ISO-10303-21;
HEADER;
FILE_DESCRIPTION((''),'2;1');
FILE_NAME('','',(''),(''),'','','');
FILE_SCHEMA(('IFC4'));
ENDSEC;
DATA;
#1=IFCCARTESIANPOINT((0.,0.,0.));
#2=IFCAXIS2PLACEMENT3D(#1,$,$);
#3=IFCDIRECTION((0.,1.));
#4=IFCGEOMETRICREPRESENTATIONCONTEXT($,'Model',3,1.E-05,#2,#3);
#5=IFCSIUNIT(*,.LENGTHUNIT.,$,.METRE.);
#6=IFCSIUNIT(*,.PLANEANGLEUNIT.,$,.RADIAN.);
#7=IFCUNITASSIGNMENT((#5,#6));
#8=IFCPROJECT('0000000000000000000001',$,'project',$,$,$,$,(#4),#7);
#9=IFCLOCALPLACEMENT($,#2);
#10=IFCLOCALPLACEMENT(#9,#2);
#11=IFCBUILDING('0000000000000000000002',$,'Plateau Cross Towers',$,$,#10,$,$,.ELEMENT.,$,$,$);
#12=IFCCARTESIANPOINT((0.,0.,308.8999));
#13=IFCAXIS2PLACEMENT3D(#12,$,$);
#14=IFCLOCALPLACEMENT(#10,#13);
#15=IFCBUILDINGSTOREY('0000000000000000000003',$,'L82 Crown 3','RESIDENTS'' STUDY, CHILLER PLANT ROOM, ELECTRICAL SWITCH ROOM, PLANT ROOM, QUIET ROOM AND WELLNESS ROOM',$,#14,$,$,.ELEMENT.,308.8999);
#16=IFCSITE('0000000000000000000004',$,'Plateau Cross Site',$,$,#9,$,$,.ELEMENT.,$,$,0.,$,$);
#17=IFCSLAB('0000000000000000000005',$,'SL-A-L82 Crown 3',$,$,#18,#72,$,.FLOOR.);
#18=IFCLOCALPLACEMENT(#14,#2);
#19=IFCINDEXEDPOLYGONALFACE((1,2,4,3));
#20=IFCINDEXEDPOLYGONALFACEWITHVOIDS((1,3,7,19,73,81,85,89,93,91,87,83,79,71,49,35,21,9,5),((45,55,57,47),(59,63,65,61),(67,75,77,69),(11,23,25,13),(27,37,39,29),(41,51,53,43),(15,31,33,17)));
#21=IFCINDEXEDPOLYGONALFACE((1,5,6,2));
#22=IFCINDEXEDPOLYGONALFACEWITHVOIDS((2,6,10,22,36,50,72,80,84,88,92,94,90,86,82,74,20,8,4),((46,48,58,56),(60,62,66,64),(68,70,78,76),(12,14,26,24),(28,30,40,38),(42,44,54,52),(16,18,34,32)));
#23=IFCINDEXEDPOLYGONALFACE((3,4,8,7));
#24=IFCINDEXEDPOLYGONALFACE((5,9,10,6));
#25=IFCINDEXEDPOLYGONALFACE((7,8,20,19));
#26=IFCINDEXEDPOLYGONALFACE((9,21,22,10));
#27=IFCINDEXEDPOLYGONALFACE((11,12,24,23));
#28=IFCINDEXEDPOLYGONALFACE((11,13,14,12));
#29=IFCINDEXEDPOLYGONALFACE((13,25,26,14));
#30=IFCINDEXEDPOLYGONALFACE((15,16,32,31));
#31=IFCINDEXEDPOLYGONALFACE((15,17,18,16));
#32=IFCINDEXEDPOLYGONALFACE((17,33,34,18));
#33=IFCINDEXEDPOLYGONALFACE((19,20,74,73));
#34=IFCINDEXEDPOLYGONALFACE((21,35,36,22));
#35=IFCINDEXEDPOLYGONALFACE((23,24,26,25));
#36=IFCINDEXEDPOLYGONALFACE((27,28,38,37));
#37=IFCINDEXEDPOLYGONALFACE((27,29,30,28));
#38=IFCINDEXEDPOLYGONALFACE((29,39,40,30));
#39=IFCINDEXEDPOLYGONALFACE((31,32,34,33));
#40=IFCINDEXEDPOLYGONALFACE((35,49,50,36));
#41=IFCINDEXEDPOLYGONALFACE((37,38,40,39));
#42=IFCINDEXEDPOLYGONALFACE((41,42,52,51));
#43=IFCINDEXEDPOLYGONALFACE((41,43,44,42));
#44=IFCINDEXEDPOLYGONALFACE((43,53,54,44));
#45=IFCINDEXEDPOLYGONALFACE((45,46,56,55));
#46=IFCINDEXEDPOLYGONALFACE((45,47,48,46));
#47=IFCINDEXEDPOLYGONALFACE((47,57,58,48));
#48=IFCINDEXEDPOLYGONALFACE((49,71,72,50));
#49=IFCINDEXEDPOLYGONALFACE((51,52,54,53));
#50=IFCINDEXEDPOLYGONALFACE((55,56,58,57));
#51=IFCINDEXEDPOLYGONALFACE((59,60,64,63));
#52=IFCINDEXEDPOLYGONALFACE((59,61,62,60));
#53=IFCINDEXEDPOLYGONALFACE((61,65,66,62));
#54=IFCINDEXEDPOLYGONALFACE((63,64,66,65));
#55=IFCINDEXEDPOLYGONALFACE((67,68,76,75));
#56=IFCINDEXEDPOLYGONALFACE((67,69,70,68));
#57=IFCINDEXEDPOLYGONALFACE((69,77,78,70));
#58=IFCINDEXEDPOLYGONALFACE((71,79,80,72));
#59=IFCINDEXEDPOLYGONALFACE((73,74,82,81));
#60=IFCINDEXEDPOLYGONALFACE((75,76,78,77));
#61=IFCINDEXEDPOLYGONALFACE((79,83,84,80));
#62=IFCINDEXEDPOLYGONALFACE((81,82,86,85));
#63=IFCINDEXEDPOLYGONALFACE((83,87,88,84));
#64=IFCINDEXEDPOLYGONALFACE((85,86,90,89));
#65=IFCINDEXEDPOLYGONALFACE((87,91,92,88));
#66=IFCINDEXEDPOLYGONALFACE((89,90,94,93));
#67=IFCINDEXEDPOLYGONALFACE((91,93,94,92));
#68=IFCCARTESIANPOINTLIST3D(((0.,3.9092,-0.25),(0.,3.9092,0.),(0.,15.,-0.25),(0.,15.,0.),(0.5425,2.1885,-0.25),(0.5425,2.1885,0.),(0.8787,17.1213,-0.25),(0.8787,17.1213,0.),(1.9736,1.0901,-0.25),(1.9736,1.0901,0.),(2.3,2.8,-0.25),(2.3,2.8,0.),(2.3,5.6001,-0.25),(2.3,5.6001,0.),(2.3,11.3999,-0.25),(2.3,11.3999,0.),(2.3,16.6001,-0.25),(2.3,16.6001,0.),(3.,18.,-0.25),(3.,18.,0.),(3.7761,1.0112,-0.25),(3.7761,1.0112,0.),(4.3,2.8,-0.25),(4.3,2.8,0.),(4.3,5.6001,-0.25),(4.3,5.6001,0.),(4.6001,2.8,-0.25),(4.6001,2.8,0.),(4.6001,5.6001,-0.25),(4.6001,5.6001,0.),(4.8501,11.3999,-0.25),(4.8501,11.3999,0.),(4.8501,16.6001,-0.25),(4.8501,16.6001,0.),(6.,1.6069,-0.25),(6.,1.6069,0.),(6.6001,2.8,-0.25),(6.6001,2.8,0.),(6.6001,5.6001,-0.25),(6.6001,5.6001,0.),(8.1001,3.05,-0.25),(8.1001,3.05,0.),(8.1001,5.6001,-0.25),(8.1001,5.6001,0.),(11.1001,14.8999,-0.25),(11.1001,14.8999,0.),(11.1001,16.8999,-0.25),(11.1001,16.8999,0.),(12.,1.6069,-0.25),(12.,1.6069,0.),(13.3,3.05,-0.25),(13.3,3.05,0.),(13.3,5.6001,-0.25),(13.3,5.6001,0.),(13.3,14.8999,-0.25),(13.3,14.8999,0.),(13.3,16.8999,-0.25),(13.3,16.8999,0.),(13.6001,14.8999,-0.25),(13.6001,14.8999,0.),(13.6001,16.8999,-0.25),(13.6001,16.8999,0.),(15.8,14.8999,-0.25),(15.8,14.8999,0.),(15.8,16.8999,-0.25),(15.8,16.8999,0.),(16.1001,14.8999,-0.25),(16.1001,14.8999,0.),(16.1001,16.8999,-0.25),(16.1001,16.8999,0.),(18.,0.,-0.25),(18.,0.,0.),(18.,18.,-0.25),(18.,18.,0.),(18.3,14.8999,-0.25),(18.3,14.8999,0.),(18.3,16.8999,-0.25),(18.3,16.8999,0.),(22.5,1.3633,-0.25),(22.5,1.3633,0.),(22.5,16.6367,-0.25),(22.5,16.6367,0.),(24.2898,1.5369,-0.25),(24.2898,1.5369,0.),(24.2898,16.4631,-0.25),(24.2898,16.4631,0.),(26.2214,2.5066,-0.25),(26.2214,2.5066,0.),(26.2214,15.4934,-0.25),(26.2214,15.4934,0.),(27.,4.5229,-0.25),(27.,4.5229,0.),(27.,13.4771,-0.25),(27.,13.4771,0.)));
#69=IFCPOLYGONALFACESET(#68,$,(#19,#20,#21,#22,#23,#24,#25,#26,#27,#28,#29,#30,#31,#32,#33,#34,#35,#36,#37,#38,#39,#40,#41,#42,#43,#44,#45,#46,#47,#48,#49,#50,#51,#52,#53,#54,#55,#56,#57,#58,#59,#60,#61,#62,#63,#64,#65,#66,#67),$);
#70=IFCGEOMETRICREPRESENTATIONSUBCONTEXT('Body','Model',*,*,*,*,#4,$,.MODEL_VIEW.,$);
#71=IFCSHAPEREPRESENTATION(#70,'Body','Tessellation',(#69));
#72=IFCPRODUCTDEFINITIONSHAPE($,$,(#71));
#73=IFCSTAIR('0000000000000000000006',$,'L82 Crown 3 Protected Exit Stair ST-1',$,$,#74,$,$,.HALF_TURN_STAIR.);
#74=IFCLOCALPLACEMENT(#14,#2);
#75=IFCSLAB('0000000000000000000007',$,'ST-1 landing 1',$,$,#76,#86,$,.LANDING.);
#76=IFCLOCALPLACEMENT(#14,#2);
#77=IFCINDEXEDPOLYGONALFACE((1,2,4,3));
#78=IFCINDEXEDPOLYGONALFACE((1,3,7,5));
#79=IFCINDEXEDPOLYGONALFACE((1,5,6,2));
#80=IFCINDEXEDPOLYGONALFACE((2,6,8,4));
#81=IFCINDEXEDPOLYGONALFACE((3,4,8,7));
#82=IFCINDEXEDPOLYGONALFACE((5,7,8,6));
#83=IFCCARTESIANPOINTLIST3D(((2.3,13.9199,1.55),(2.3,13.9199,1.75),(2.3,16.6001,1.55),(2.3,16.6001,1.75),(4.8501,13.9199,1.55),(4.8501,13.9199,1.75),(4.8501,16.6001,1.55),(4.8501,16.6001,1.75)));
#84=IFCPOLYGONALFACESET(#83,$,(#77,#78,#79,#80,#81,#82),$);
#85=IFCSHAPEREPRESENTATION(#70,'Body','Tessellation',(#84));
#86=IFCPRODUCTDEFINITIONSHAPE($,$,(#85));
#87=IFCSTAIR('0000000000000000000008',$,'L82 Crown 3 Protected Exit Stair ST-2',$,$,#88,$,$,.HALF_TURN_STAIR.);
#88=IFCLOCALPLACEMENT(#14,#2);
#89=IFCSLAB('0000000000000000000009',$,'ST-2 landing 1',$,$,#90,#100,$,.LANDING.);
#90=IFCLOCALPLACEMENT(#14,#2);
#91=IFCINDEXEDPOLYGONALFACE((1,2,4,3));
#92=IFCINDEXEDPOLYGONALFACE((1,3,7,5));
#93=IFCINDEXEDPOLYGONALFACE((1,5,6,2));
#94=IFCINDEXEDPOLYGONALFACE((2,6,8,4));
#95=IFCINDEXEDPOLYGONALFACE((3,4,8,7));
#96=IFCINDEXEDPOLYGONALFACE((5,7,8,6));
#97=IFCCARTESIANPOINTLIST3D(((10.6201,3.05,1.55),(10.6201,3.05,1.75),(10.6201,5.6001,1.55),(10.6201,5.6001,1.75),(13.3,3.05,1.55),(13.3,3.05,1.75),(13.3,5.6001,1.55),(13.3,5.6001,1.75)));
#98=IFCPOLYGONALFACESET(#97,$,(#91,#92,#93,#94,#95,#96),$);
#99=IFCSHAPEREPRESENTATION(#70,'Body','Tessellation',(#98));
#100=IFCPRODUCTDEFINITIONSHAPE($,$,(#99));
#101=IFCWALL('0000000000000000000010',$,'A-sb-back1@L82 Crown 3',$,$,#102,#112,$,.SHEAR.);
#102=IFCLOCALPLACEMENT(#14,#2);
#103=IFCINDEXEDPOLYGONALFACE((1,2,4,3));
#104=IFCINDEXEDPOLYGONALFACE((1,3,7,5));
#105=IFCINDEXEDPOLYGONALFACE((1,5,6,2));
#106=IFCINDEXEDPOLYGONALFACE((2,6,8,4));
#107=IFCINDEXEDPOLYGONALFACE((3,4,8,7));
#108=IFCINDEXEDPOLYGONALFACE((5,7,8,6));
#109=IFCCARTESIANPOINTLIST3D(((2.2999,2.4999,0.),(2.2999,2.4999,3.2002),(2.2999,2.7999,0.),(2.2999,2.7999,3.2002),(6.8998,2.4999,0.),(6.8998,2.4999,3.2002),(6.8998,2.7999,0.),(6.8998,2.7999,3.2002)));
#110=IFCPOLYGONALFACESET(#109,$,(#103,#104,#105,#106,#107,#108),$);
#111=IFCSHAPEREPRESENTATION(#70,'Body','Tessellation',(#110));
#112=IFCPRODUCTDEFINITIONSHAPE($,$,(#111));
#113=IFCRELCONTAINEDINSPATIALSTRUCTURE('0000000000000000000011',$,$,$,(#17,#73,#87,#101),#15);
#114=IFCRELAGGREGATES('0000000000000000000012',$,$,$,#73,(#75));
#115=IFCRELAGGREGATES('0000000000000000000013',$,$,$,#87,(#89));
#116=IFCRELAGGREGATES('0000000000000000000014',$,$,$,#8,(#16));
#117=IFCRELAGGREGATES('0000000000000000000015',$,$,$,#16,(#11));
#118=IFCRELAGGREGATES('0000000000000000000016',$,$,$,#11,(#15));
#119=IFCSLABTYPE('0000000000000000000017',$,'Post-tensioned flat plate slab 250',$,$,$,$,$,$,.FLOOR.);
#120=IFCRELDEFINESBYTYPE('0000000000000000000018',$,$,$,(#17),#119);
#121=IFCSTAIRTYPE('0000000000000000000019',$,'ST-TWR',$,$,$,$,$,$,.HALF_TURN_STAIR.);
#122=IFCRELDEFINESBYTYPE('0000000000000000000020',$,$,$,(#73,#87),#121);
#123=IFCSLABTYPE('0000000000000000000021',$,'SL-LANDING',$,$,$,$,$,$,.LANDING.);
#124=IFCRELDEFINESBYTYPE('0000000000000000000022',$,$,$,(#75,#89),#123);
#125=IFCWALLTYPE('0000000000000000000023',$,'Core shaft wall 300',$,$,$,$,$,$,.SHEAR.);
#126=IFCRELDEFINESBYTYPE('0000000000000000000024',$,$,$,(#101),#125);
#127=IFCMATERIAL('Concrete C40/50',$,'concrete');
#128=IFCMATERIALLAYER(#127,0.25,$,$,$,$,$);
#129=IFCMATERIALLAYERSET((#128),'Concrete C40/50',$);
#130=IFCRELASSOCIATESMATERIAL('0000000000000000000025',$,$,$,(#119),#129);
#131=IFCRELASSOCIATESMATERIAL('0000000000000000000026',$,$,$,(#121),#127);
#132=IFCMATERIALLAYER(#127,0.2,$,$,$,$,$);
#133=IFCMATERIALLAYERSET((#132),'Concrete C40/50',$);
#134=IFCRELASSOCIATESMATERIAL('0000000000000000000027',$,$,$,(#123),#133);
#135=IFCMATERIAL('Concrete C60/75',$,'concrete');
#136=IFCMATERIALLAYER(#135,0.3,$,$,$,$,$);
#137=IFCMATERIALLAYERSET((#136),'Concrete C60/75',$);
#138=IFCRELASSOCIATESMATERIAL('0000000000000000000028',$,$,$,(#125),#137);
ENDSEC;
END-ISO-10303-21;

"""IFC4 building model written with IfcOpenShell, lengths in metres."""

from ifc_helpers import new_model, si_unit, direction, frame, frame_2d, origin, place, context, subcontext, project, spatial, polyline, rectangle, outline, extrude, material, layer, layer_set, type_object, element, aggregate, save


model = new_model("IFC4")

# Units and contexts
model_context = context("Model", 3, precision=1e-05, world=origin(), true_north=direction((0.0, 1.0)))
body_context = subcontext(model_context, "Body", "Model", "MODEL_VIEW")
ifc_project = project(units=[si_unit("LENGTHUNIT", "METRE"), si_unit("PLANEANGLEUNIT", "RADIAN")], contexts=[model_context])

# Site, building, storey
site_placement = place(None, origin())
site = spatial("IfcSite", under=ifc_project, at=site_placement, Name="Plateau Cross Site", CompositionType="ELEMENT", RefElevation=0.0)
building_placement = place(site_placement, origin())
building = spatial("IfcBuilding", under=site, at=building_placement, Name="Plateau Cross Towers", CompositionType="ELEMENT")
storey_placement = place(building_placement, frame((0.0, 0.0, 308.8999)))
storey = spatial("IfcBuildingStorey", under=building, at=storey_placement, Name="L82 Crown 3", Description="RESIDENTS' STUDY, CHILLER PLANT ROOM, ELECTRICAL SWITCH ROOM, PLANT ROOM, QUIET ROOM AND WELLNESS ROOM", CompositionType="ELEMENT", Elevation=308.8999)

# Shared definitions
ifc_material_1 = material(Name="Concrete C60/75", Category="concrete")

# Slab
ifc_material_2 = material(Name="Concrete C40/50", Category="concrete")
ifc_layer_1 = layer(ifc_material_2, 0.25)
ifc_layer_set_1 = layer_set([ifc_layer_1], Name="Concrete C40/50")
slab_type_1 = type_object("IfcSlabType", Name="Post-tensioned flat plate slab 250", PredefinedType="FLOOR", material=ifc_layer_set_1)
slab_1_placement = place(storey_placement, frame((0.0, 0.0, -0.25)))
element("IfcSlab", 1, at=slab_1_placement, inside=storey, type_object=slab_type_1, Name="SL-A-L82 Crown 3", PredefinedType="FLOOR", context=body_context, shape_type="SweptSolid", body=[
    extrude(outline(polyline([(1.9736, 1.0901), (0.5425, 2.1885), (0.0, 3.9092), (0.0, 15.0), (0.8787, 17.1213), (3.0, 18.0), (18.0, 18.0), (22.5, 16.6367), (24.2898, 16.4631), (26.2214, 15.4934), (27.0, 13.4771), (27.0, 4.5229), (26.2214, 2.5066), (24.2898, 1.5369), (22.5, 1.3633), (18.0, 0.0), (12.0, 1.6069), (6.0, 1.6069), (3.7761, 1.0112), (1.9736, 1.0901)]), holes=[polyline([(2.3, 5.6001), (2.3, 2.8), (4.3, 2.8), (4.3, 5.6001), (2.3, 5.6001)]), polyline([(6.6001, 5.6001), (4.6001, 5.6001), (4.6001, 2.8), (6.6001, 2.8), (6.6001, 5.6001)]), polyline([(13.3, 5.6001), (8.1001, 5.6001), (8.1001, 3.05), (13.3, 3.05), (13.3, 5.6001)]), polyline([(2.3, 16.6001), (2.3, 11.3999), (4.8501, 11.3999), (4.8501, 16.6001), (2.3, 16.6001)]), polyline([(13.3, 16.8999), (11.1001, 16.8999), (11.1001, 14.8999), (13.3, 14.8999), (13.3, 16.8999)]), polyline([(15.8, 16.8999), (13.6001, 16.8999), (13.6001, 14.8999), (15.8, 14.8999), (15.8, 16.8999)]), polyline([(18.3, 16.8999), (16.1001, 16.8999), (16.1001, 14.8999), (18.3, 14.8999), (18.3, 16.8999)])]), origin(), (0.0, 0.0, 1.0), 0.25),
])

# Stairs, slabs
stair_type = type_object("IfcStairType", Name="ST-TWR", PredefinedType="HALF_TURN_STAIR", material=ifc_material_2)
stair_1_placement = place(storey_placement, origin())
stair_1 = element("IfcStair", 2, at=stair_1_placement, inside=storey, type_object=stair_type, Name="L82 Crown 3 Protected Exit Stair ST-1", PredefinedType="HALF_TURN_STAIR")
ifc_layer_2 = layer(ifc_material_2, 0.2)
ifc_layer_set_2 = layer_set([ifc_layer_2], Name="Concrete C40/50")
slab_type_2 = type_object("IfcSlabType", Name="SL-LANDING", PredefinedType="LANDING", material=ifc_layer_set_2)
slab_2_placement = place(storey_placement, frame((0.0, 0.0, 1.55)))
slab_2 = element("IfcSlab", 3, at=slab_2_placement, type_object=slab_type_2, Name="ST-1 landing 1", PredefinedType="LANDING", context=body_context, shape_type="SweptSolid", body=[
    extrude(outline(polyline([(4.8501, 13.9199), (4.8501, 16.6001), (2.3, 16.6001), (2.3, 13.9199), (4.8501, 13.9199)])), origin(), (0.0, 0.0, 1.0), 0.2),
])
aggregate(stair_1, [slab_2])
stair_2_placement = place(storey_placement, origin())
stair_2 = element("IfcStair", 4, at=stair_2_placement, inside=storey, type_object=stair_type, Name="L82 Crown 3 Protected Exit Stair ST-2", PredefinedType="HALF_TURN_STAIR")
slab_3_placement = place(storey_placement, frame((0.0, 0.0, 1.55)))
slab_3 = element("IfcSlab", 5, at=slab_3_placement, type_object=slab_type_2, Name="ST-2 landing 1", PredefinedType="LANDING", context=body_context, shape_type="SweptSolid", body=[
    extrude(outline(polyline([(10.6201, 3.05), (13.3, 3.05), (13.3, 5.6001), (10.6201, 5.6001), (10.6201, 3.05)])), origin(), (0.0, 0.0, 1.0), 0.2),
])
aggregate(stair_2, [slab_3])

# Wall
ifc_layer_3 = layer(ifc_material_1, 0.3)
ifc_layer_set_3 = layer_set([ifc_layer_3], Name="Concrete C60/75")
wall_type_1 = type_object("IfcWallType", Name="Core shaft wall 300", PredefinedType="SHEAR", material=ifc_layer_set_3)
wall_1_placement = place(storey_placement, frame((2.3, 2.6499, 0.0), z_axis=(0.0, 0.0, 1.0), x_axis=(1.0, 0.0, 0.0)))
element("IfcWall", 6, at=wall_1_placement, inside=storey, type_object=wall_type_1, Name="A-sb-back1@L82 Crown 3", PredefinedType="SHEAR", context=body_context, shape_type="SweptSolid", body=[
    extrude(rectangle(XDim=4.5999, YDim=0.3, at=frame_2d((2.2998, 0.0))), origin(), (0.0, 0.0, 1.0), 3.2002),
])

save(model, "model.ifc")
